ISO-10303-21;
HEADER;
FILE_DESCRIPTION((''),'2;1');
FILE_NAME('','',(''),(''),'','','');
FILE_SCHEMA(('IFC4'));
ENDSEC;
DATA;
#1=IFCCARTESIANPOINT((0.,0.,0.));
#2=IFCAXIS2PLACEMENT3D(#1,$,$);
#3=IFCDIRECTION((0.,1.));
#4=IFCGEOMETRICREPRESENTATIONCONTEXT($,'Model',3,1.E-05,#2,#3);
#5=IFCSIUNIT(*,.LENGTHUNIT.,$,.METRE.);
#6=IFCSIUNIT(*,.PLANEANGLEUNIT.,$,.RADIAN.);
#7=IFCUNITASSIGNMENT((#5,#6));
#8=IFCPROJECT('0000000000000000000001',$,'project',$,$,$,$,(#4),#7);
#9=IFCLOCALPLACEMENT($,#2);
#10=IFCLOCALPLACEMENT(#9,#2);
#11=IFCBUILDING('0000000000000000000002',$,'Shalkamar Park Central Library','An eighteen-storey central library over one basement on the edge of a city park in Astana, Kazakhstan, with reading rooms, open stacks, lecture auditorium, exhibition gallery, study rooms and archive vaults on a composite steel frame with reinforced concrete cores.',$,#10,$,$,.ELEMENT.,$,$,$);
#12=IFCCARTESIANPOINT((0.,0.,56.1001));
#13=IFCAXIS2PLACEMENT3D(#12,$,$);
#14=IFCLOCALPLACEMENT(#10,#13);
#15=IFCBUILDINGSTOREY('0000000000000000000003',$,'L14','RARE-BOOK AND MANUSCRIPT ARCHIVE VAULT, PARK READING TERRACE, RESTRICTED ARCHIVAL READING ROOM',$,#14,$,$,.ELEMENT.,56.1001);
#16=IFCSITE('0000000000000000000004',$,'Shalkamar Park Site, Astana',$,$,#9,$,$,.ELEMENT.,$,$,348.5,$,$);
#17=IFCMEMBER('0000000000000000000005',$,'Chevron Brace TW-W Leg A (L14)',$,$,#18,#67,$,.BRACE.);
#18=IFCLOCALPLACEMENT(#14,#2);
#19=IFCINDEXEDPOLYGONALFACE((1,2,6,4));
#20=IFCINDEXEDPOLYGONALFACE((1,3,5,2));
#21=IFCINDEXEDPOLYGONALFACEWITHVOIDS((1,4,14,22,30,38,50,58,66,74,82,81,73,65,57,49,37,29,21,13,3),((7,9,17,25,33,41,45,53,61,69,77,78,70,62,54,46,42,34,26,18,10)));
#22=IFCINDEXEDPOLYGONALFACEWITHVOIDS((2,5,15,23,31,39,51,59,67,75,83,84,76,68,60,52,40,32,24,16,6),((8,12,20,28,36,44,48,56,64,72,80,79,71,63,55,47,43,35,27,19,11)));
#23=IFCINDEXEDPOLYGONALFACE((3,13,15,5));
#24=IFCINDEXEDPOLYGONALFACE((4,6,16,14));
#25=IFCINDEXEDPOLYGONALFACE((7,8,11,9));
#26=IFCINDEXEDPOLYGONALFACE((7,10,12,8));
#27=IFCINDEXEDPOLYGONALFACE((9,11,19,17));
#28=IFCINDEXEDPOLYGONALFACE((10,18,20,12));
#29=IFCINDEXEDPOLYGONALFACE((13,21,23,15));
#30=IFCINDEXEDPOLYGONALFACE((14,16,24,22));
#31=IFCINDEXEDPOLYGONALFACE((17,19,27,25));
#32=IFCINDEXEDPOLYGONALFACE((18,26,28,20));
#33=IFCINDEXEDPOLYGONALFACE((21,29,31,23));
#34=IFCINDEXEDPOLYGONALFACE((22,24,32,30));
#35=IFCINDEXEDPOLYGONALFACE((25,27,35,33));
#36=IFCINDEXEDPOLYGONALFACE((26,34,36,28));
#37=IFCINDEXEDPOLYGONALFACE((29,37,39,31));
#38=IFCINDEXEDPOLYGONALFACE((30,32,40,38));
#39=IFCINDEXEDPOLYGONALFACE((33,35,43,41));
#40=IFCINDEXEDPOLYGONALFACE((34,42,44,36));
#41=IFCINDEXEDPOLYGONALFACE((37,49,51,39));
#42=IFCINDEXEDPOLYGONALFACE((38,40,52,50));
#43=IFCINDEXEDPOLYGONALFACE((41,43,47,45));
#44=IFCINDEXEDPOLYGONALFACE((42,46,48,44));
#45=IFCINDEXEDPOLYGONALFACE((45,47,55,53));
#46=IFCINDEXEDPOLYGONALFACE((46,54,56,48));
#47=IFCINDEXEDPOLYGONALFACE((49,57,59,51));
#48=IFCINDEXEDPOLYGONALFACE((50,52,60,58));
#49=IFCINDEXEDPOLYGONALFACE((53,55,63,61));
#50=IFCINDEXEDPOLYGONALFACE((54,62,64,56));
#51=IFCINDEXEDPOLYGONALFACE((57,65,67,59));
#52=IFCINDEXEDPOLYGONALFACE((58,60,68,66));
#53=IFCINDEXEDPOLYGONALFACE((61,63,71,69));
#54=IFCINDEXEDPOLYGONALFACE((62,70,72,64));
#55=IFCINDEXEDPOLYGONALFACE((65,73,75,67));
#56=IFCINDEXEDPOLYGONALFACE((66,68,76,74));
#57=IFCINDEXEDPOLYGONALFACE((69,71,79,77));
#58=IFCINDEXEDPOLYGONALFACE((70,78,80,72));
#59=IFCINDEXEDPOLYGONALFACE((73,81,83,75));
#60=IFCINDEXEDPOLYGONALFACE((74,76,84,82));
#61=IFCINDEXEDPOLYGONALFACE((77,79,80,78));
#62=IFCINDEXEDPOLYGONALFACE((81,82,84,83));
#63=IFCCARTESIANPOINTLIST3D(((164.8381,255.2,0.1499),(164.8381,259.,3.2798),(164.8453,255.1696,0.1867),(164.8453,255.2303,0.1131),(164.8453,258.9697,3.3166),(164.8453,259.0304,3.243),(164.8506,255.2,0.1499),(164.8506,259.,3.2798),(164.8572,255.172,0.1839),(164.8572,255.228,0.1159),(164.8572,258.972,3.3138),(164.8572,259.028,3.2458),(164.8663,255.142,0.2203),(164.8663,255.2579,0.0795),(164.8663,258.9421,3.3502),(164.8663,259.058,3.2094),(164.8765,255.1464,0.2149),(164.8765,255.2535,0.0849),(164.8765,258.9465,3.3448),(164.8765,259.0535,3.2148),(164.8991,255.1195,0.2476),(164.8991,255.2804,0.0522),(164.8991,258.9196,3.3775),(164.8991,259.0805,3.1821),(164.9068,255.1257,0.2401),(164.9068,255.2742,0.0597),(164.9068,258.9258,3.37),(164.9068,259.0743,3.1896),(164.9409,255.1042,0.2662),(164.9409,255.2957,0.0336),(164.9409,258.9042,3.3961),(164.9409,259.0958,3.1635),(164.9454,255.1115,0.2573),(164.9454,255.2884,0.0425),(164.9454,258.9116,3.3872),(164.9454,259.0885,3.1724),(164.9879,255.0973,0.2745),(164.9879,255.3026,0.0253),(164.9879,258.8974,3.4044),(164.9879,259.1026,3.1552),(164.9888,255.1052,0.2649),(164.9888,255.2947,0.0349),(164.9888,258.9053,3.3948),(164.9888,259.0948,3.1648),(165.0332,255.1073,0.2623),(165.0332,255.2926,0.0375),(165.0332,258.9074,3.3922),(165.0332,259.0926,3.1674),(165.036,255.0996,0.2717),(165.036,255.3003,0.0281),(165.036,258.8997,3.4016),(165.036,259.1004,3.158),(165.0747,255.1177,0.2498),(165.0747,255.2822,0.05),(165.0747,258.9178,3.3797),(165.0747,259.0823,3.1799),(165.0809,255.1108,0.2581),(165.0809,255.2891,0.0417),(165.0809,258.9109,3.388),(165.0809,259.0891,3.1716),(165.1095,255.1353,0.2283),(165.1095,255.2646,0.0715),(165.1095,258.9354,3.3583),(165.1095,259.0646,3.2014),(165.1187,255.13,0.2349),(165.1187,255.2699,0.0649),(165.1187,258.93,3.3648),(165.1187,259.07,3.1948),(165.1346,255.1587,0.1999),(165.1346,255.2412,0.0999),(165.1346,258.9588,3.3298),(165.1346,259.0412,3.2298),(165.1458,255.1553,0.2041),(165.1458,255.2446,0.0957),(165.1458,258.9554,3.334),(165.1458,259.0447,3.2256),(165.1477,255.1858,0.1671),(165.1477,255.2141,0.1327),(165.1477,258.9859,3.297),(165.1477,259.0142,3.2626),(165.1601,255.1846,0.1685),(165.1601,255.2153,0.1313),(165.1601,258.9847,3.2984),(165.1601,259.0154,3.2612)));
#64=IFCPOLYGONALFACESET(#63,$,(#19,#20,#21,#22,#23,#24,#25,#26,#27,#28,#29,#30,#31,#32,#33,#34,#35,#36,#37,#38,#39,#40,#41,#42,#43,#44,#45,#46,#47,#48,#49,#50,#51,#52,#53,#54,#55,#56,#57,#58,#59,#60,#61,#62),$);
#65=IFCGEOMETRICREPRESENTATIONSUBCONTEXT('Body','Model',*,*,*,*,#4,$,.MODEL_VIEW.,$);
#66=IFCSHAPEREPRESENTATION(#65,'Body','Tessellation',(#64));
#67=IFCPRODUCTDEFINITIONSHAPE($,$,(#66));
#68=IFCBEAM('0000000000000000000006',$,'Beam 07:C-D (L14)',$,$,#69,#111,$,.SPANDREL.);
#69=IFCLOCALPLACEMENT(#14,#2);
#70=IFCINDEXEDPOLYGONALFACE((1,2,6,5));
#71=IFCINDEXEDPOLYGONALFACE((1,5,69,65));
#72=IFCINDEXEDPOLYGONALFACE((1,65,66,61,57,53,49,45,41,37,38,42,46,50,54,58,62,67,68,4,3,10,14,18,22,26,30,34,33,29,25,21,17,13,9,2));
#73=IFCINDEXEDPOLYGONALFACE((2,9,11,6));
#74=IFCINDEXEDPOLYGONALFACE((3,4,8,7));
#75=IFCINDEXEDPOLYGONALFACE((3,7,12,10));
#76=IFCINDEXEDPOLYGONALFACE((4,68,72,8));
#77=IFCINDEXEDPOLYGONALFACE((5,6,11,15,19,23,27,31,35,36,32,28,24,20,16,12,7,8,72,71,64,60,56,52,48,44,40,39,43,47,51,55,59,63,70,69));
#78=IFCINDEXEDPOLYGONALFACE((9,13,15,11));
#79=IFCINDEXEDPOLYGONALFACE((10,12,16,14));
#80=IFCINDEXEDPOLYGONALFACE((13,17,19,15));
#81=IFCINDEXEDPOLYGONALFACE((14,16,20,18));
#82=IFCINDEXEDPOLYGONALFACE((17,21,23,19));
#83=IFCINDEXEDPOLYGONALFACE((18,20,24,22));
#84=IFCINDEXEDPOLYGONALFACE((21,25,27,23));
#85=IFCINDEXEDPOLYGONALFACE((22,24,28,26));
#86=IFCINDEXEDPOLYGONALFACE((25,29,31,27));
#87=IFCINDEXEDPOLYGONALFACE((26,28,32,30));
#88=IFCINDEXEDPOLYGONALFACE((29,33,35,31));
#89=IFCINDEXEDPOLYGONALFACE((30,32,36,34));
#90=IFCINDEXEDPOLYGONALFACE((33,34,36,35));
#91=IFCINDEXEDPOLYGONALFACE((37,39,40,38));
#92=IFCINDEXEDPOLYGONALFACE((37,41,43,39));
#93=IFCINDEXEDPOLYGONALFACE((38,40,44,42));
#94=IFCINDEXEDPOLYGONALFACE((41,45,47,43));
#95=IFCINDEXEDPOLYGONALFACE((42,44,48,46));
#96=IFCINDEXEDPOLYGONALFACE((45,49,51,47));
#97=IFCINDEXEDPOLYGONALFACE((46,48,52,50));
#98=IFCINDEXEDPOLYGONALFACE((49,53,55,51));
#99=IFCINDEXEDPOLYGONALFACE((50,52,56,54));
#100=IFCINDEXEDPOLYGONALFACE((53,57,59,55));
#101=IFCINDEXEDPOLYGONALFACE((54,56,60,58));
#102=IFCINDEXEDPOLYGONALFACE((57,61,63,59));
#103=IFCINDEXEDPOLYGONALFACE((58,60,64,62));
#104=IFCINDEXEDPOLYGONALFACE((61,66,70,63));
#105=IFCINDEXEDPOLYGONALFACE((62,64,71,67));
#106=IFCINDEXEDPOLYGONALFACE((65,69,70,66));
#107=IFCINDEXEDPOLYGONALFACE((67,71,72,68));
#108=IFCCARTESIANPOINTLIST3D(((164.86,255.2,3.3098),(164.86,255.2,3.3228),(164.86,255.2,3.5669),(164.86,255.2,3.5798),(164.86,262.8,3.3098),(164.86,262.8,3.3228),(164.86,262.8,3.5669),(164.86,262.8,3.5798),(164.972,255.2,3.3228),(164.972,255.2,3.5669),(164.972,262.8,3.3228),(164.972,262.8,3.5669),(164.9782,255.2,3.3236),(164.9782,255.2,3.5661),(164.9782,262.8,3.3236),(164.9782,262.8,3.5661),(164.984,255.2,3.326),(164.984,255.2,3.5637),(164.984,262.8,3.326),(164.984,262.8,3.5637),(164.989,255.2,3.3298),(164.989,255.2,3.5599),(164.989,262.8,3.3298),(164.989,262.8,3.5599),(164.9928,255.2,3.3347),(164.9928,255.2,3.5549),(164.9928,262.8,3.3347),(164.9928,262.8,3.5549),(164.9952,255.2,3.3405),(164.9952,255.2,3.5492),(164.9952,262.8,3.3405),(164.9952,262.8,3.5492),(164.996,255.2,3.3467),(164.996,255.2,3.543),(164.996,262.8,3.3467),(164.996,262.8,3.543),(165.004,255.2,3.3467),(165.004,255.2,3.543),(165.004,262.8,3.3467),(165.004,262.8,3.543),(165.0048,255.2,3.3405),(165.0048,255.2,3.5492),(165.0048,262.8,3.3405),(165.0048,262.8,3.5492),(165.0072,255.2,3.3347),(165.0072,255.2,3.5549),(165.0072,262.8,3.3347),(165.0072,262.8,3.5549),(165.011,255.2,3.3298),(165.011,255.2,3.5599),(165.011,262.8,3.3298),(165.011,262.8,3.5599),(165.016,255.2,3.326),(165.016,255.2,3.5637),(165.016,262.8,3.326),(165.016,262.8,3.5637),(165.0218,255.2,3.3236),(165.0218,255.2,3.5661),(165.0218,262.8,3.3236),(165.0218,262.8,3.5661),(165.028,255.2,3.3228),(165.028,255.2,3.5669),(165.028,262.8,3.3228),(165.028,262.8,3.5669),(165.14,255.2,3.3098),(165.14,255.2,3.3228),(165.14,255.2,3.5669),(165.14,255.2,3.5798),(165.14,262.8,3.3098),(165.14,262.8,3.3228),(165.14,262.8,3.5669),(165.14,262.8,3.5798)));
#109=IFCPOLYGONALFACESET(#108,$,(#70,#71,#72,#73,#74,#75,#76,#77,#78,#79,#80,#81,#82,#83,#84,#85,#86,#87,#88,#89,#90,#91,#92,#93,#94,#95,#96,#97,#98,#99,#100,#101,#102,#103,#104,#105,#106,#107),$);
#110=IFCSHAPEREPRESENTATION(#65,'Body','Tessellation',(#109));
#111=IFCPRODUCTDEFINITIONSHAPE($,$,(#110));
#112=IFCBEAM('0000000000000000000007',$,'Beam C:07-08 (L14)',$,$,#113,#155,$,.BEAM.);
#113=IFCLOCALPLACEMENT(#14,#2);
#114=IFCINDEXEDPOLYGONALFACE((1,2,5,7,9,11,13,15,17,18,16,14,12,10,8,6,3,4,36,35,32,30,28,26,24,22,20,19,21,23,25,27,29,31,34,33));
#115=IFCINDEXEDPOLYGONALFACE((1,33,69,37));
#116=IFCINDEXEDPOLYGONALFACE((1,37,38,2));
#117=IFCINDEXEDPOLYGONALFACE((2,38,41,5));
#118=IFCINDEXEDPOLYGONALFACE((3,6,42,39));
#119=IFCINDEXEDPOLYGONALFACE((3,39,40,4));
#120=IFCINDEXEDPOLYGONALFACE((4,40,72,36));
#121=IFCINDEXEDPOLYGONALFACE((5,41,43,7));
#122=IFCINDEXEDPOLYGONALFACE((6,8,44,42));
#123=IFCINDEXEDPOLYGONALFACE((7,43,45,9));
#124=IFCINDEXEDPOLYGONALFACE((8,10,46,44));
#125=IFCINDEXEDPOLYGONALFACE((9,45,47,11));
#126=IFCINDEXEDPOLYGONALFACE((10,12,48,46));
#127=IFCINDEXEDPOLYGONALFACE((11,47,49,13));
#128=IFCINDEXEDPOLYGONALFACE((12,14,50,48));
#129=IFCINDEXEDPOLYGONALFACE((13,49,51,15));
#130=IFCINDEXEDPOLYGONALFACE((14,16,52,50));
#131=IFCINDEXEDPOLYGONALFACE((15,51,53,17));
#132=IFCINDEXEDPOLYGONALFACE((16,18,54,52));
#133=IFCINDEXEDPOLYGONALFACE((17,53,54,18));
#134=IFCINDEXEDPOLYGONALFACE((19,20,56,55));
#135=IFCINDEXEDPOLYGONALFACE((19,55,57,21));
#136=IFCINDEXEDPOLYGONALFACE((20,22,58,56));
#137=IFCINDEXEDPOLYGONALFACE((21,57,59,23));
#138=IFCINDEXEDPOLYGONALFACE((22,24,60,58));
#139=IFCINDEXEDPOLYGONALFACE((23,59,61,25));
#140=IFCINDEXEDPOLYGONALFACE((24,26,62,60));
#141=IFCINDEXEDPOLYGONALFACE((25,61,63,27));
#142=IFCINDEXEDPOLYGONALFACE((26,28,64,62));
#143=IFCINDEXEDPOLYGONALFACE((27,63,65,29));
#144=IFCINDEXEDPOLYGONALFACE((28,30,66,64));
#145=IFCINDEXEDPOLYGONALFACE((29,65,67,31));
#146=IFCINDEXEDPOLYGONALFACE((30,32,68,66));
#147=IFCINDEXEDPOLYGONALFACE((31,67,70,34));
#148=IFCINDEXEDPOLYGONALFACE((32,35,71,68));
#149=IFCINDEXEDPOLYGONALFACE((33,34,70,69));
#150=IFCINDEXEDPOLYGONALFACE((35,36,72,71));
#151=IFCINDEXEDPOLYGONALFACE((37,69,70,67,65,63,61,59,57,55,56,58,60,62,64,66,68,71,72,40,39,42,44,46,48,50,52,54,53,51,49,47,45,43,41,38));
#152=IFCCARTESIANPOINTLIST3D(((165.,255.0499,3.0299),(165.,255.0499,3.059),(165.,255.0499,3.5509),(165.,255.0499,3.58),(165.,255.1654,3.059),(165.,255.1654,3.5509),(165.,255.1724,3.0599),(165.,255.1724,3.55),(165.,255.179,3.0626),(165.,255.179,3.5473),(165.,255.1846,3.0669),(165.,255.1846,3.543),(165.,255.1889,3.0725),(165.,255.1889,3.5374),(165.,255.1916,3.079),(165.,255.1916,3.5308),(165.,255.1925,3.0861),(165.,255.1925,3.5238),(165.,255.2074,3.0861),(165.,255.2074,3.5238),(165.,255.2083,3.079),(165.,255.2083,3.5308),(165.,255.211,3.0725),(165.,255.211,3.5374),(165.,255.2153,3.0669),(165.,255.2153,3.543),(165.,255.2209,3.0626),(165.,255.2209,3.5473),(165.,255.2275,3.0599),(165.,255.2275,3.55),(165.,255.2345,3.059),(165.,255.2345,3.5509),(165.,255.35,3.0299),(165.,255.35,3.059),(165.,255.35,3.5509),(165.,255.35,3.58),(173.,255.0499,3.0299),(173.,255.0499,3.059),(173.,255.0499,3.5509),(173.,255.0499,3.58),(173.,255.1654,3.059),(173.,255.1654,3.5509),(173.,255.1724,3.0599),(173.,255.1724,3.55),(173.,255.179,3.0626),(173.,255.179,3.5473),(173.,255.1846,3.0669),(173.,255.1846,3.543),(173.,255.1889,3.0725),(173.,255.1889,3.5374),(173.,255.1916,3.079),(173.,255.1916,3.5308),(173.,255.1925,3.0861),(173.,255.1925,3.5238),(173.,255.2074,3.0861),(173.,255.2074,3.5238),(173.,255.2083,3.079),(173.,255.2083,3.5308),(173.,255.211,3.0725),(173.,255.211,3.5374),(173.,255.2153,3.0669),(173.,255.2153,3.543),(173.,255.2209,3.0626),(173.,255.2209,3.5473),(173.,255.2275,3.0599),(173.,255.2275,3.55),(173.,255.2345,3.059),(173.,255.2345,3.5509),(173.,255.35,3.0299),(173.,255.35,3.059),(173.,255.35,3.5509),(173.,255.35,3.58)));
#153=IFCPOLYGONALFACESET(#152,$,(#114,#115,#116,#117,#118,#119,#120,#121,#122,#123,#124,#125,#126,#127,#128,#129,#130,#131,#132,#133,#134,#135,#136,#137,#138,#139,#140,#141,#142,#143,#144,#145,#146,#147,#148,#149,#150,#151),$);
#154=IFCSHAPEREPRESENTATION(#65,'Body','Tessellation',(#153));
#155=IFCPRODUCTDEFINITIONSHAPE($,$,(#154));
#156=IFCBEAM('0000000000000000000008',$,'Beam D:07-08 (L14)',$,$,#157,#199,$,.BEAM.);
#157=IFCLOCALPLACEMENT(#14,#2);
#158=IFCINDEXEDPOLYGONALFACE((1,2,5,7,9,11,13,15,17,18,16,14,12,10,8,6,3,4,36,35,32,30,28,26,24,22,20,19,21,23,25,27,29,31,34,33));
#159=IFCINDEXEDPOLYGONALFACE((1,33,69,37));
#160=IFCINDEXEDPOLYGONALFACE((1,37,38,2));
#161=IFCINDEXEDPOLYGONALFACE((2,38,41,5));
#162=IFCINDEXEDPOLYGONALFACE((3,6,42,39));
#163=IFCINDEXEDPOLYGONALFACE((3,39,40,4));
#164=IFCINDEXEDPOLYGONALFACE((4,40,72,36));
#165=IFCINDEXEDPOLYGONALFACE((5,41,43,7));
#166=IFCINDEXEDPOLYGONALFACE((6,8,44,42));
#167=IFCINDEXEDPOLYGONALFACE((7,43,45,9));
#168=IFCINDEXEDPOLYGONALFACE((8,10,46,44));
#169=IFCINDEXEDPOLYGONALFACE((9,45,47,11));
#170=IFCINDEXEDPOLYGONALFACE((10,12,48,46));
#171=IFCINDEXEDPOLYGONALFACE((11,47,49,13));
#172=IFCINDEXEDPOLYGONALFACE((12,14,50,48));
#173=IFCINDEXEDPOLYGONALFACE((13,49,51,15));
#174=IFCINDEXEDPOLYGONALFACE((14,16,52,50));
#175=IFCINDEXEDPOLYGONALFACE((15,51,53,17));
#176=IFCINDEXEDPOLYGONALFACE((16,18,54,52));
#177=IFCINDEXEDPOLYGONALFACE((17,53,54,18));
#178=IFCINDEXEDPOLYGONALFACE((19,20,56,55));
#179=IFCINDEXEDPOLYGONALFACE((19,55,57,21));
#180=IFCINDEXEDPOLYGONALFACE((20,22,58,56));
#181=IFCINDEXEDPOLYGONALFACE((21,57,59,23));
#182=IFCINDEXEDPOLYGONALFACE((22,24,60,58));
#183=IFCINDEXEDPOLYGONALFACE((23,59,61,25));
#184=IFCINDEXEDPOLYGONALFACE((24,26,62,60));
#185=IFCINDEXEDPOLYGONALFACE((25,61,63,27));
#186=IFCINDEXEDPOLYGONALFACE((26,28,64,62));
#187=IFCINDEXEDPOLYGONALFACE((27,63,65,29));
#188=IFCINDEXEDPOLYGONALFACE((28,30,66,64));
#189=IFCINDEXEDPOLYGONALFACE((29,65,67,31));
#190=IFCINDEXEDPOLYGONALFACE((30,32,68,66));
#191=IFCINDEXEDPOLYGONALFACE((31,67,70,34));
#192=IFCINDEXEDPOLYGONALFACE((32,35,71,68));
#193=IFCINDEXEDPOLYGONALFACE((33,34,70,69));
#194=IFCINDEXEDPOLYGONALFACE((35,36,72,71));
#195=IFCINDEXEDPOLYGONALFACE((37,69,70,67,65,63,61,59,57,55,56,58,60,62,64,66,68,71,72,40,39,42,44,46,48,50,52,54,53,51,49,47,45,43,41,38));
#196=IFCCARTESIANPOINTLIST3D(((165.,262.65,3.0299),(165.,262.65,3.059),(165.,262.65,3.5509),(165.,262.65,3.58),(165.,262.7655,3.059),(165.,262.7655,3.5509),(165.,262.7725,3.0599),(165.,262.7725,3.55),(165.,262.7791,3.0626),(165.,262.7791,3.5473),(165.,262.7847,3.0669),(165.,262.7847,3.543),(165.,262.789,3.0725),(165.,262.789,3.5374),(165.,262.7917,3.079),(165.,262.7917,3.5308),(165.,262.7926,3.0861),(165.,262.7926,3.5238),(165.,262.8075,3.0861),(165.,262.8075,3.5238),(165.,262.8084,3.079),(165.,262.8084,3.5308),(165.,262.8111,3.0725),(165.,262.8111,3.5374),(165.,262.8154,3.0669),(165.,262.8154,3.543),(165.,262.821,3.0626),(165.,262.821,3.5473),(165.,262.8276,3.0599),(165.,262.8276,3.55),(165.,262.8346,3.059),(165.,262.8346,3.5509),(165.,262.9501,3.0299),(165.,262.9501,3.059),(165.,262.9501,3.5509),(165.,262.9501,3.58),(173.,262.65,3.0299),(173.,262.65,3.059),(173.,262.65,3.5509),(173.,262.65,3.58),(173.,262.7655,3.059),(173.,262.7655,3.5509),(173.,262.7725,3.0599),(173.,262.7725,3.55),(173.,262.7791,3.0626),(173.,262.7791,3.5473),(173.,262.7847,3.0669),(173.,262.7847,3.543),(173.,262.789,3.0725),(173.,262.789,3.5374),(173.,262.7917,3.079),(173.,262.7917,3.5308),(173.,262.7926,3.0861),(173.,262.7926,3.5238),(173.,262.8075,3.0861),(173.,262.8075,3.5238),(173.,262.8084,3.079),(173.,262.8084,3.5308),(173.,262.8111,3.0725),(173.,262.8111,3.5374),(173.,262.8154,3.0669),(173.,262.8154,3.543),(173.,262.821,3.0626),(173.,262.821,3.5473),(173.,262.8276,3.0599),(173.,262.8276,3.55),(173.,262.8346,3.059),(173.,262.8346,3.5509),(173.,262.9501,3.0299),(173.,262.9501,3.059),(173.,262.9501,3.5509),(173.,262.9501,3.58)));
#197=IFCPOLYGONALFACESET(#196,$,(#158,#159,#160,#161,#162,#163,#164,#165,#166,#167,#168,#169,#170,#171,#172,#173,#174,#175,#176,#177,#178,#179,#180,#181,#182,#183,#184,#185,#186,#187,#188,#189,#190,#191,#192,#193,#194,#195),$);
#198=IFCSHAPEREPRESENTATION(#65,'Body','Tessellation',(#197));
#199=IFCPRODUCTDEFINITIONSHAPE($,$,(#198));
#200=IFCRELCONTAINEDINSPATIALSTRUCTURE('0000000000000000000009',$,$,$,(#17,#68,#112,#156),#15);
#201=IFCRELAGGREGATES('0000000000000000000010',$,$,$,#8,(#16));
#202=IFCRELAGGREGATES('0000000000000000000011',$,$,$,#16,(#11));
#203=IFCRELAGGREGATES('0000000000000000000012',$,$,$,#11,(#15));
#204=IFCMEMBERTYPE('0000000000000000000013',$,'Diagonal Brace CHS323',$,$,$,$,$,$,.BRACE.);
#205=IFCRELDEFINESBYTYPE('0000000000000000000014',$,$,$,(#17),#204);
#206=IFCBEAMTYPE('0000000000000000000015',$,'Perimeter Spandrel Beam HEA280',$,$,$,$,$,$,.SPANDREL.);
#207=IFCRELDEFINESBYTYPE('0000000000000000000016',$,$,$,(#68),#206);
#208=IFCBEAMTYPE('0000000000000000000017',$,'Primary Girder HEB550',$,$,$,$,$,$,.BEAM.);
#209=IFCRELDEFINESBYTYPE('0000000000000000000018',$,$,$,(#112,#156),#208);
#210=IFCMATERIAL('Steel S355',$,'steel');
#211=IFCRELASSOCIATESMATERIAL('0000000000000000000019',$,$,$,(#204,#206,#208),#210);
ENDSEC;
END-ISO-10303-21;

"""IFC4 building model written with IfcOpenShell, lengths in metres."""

from ifc_helpers import new_model, si_unit, direction, frame, origin, origin_2d, place, context, subcontext, project, spatial, hollow_circle, i_section, extrude, material, material_profile, profile_set, type_object, element, save


model = new_model("IFC4")

# Units and contexts
model_context = context("Model", 3, precision=1e-05, world=origin(), true_north=direction((0.0, 1.0)))
body_context = subcontext(model_context, "Body", "Model", "MODEL_VIEW")
ifc_project = project(units=[si_unit("LENGTHUNIT", "METRE"), si_unit("PLANEANGLEUNIT", "RADIAN")], contexts=[model_context])

# Site, building, storey
site_placement = place(None, origin())
site = spatial("IfcSite", under=ifc_project, at=site_placement, Name="Shalkamar Park Site, Astana", CompositionType="ELEMENT", RefElevation=348.5)
building_placement = place(site_placement, origin())
building = spatial("IfcBuilding", under=site, at=building_placement, Name="Shalkamar Park Central Library", Description="An eighteen-storey central library over one basement on the edge of a city park in Astana, Kazakhstan, with reading rooms, open stacks, lecture auditorium, exhibition gallery, study rooms and archive vaults on a composite steel frame with reinforced concrete cores.", CompositionType="ELEMENT")
storey_placement = place(building_placement, frame((0.0, 0.0, 56.1001)))
storey = spatial("IfcBuildingStorey", under=building, at=storey_placement, Name="L14", Description="RARE-BOOK AND MANUSCRIPT ARCHIVE VAULT, PARK READING TERRACE, RESTRICTED ARCHIVAL READING ROOM", CompositionType="ELEMENT", Elevation=56.1001)

# Shared definitions
ifc_material_1 = material(Name="Steel S355", Category="steel")

# Member
ifc_material_profile_1 = material_profile(ifc_material_1, hollow_circle(Radius=0.1619, WallThickness=0.0125, at=origin_2d()), Name="CHS 323.9x12.5")
ifc_profile_set_1 = profile_set([ifc_material_profile_1], Name="Steel S355")
member_type = type_object("IfcMemberType", Name="Diagonal Brace CHS323", PredefinedType="BRACE", material=ifc_profile_set_1)
member_placement = place(storey_placement, frame((165.0, 255.2, 0.1499), z_axis=(0.0, 0.771887, 0.635759), x_axis=(-1.0, 0.0, 0.0)))
element("IfcMember", 1, at=member_placement, inside=storey, type_object=member_type, Name="Chevron Brace TW-W Leg A (L14)", PredefinedType="BRACE", context=body_context, shape_type="SweptSolid", body=[
    extrude(hollow_circle(Radius=0.1619, WallThickness=0.0125, at=origin_2d()), origin(), (0.0, 0.0, 1.0), 4.9231),
])

# Beams
ifc_material_profile_2 = material_profile(ifc_material_1, i_section(OverallWidth=0.28, OverallDepth=0.27, WebThickness=0.0081, FlangeThickness=0.0129, FilletRadius=0.0239, at=origin_2d()), Name="HEA 280")
ifc_profile_set_2 = profile_set([ifc_material_profile_2], Name="Steel S355")
beam_type_1 = type_object("IfcBeamType", Name="Perimeter Spandrel Beam HEA280", PredefinedType="SPANDREL", material=ifc_profile_set_2)
beam_1_placement = place(storey_placement, frame((165.0, 255.2, 3.4448), z_axis=(0.0, 1.0, 0.0), x_axis=(-1.0, 0.0, 0.0)))
element("IfcBeam", 2, at=beam_1_placement, inside=storey, type_object=beam_type_1, Name="Beam 07:C-D (L14)", PredefinedType="SPANDREL", context=body_context, shape_type="SweptSolid", body=[
    extrude(i_section(OverallWidth=0.28, OverallDepth=0.27, WebThickness=0.0081, FlangeThickness=0.0129, FilletRadius=0.0239, at=origin_2d()), origin(), (0.0, 0.0, 1.0), 7.6001),
])
ifc_material_profile_3 = material_profile(ifc_material_1, i_section(OverallWidth=0.3, OverallDepth=0.55, WebThickness=0.0149, FlangeThickness=0.0291, FilletRadius=0.0271, at=origin_2d()), Name="HEB 550")
ifc_profile_set_3 = profile_set([ifc_material_profile_3], Name="Steel S355")
beam_type_2 = type_object("IfcBeamType", Name="Primary Girder HEB550", PredefinedType="BEAM", material=ifc_profile_set_3)
for number, where, z_axis, x_axis, name in (
    (3, (165.0, 255.2, 3.3049), (1.0, 0.0, 0.0), (0.0, 1.0, 0.0), "Beam C:07-08 (L14)"),
    (4, (165.0, 262.8, 3.3049), (1.0, 0.0, 0.0), (0.0, 1.0, 0.0), "Beam D:07-08 (L14)"),
):
    element("IfcBeam", number, at=place(storey_placement, frame(where, z_axis=z_axis, x_axis=x_axis)), inside=storey, type_object=beam_type_2, Name=name, PredefinedType="BEAM", context=body_context, shape_type="SweptSolid", body=[
        extrude(i_section(OverallWidth=0.3, OverallDepth=0.55, WebThickness=0.0149, FlangeThickness=0.0291, FilletRadius=0.0271, at=origin_2d()), origin(), (0.0, 0.0, 1.0), 8.0),
    ])

save(model, "model.ifc")
